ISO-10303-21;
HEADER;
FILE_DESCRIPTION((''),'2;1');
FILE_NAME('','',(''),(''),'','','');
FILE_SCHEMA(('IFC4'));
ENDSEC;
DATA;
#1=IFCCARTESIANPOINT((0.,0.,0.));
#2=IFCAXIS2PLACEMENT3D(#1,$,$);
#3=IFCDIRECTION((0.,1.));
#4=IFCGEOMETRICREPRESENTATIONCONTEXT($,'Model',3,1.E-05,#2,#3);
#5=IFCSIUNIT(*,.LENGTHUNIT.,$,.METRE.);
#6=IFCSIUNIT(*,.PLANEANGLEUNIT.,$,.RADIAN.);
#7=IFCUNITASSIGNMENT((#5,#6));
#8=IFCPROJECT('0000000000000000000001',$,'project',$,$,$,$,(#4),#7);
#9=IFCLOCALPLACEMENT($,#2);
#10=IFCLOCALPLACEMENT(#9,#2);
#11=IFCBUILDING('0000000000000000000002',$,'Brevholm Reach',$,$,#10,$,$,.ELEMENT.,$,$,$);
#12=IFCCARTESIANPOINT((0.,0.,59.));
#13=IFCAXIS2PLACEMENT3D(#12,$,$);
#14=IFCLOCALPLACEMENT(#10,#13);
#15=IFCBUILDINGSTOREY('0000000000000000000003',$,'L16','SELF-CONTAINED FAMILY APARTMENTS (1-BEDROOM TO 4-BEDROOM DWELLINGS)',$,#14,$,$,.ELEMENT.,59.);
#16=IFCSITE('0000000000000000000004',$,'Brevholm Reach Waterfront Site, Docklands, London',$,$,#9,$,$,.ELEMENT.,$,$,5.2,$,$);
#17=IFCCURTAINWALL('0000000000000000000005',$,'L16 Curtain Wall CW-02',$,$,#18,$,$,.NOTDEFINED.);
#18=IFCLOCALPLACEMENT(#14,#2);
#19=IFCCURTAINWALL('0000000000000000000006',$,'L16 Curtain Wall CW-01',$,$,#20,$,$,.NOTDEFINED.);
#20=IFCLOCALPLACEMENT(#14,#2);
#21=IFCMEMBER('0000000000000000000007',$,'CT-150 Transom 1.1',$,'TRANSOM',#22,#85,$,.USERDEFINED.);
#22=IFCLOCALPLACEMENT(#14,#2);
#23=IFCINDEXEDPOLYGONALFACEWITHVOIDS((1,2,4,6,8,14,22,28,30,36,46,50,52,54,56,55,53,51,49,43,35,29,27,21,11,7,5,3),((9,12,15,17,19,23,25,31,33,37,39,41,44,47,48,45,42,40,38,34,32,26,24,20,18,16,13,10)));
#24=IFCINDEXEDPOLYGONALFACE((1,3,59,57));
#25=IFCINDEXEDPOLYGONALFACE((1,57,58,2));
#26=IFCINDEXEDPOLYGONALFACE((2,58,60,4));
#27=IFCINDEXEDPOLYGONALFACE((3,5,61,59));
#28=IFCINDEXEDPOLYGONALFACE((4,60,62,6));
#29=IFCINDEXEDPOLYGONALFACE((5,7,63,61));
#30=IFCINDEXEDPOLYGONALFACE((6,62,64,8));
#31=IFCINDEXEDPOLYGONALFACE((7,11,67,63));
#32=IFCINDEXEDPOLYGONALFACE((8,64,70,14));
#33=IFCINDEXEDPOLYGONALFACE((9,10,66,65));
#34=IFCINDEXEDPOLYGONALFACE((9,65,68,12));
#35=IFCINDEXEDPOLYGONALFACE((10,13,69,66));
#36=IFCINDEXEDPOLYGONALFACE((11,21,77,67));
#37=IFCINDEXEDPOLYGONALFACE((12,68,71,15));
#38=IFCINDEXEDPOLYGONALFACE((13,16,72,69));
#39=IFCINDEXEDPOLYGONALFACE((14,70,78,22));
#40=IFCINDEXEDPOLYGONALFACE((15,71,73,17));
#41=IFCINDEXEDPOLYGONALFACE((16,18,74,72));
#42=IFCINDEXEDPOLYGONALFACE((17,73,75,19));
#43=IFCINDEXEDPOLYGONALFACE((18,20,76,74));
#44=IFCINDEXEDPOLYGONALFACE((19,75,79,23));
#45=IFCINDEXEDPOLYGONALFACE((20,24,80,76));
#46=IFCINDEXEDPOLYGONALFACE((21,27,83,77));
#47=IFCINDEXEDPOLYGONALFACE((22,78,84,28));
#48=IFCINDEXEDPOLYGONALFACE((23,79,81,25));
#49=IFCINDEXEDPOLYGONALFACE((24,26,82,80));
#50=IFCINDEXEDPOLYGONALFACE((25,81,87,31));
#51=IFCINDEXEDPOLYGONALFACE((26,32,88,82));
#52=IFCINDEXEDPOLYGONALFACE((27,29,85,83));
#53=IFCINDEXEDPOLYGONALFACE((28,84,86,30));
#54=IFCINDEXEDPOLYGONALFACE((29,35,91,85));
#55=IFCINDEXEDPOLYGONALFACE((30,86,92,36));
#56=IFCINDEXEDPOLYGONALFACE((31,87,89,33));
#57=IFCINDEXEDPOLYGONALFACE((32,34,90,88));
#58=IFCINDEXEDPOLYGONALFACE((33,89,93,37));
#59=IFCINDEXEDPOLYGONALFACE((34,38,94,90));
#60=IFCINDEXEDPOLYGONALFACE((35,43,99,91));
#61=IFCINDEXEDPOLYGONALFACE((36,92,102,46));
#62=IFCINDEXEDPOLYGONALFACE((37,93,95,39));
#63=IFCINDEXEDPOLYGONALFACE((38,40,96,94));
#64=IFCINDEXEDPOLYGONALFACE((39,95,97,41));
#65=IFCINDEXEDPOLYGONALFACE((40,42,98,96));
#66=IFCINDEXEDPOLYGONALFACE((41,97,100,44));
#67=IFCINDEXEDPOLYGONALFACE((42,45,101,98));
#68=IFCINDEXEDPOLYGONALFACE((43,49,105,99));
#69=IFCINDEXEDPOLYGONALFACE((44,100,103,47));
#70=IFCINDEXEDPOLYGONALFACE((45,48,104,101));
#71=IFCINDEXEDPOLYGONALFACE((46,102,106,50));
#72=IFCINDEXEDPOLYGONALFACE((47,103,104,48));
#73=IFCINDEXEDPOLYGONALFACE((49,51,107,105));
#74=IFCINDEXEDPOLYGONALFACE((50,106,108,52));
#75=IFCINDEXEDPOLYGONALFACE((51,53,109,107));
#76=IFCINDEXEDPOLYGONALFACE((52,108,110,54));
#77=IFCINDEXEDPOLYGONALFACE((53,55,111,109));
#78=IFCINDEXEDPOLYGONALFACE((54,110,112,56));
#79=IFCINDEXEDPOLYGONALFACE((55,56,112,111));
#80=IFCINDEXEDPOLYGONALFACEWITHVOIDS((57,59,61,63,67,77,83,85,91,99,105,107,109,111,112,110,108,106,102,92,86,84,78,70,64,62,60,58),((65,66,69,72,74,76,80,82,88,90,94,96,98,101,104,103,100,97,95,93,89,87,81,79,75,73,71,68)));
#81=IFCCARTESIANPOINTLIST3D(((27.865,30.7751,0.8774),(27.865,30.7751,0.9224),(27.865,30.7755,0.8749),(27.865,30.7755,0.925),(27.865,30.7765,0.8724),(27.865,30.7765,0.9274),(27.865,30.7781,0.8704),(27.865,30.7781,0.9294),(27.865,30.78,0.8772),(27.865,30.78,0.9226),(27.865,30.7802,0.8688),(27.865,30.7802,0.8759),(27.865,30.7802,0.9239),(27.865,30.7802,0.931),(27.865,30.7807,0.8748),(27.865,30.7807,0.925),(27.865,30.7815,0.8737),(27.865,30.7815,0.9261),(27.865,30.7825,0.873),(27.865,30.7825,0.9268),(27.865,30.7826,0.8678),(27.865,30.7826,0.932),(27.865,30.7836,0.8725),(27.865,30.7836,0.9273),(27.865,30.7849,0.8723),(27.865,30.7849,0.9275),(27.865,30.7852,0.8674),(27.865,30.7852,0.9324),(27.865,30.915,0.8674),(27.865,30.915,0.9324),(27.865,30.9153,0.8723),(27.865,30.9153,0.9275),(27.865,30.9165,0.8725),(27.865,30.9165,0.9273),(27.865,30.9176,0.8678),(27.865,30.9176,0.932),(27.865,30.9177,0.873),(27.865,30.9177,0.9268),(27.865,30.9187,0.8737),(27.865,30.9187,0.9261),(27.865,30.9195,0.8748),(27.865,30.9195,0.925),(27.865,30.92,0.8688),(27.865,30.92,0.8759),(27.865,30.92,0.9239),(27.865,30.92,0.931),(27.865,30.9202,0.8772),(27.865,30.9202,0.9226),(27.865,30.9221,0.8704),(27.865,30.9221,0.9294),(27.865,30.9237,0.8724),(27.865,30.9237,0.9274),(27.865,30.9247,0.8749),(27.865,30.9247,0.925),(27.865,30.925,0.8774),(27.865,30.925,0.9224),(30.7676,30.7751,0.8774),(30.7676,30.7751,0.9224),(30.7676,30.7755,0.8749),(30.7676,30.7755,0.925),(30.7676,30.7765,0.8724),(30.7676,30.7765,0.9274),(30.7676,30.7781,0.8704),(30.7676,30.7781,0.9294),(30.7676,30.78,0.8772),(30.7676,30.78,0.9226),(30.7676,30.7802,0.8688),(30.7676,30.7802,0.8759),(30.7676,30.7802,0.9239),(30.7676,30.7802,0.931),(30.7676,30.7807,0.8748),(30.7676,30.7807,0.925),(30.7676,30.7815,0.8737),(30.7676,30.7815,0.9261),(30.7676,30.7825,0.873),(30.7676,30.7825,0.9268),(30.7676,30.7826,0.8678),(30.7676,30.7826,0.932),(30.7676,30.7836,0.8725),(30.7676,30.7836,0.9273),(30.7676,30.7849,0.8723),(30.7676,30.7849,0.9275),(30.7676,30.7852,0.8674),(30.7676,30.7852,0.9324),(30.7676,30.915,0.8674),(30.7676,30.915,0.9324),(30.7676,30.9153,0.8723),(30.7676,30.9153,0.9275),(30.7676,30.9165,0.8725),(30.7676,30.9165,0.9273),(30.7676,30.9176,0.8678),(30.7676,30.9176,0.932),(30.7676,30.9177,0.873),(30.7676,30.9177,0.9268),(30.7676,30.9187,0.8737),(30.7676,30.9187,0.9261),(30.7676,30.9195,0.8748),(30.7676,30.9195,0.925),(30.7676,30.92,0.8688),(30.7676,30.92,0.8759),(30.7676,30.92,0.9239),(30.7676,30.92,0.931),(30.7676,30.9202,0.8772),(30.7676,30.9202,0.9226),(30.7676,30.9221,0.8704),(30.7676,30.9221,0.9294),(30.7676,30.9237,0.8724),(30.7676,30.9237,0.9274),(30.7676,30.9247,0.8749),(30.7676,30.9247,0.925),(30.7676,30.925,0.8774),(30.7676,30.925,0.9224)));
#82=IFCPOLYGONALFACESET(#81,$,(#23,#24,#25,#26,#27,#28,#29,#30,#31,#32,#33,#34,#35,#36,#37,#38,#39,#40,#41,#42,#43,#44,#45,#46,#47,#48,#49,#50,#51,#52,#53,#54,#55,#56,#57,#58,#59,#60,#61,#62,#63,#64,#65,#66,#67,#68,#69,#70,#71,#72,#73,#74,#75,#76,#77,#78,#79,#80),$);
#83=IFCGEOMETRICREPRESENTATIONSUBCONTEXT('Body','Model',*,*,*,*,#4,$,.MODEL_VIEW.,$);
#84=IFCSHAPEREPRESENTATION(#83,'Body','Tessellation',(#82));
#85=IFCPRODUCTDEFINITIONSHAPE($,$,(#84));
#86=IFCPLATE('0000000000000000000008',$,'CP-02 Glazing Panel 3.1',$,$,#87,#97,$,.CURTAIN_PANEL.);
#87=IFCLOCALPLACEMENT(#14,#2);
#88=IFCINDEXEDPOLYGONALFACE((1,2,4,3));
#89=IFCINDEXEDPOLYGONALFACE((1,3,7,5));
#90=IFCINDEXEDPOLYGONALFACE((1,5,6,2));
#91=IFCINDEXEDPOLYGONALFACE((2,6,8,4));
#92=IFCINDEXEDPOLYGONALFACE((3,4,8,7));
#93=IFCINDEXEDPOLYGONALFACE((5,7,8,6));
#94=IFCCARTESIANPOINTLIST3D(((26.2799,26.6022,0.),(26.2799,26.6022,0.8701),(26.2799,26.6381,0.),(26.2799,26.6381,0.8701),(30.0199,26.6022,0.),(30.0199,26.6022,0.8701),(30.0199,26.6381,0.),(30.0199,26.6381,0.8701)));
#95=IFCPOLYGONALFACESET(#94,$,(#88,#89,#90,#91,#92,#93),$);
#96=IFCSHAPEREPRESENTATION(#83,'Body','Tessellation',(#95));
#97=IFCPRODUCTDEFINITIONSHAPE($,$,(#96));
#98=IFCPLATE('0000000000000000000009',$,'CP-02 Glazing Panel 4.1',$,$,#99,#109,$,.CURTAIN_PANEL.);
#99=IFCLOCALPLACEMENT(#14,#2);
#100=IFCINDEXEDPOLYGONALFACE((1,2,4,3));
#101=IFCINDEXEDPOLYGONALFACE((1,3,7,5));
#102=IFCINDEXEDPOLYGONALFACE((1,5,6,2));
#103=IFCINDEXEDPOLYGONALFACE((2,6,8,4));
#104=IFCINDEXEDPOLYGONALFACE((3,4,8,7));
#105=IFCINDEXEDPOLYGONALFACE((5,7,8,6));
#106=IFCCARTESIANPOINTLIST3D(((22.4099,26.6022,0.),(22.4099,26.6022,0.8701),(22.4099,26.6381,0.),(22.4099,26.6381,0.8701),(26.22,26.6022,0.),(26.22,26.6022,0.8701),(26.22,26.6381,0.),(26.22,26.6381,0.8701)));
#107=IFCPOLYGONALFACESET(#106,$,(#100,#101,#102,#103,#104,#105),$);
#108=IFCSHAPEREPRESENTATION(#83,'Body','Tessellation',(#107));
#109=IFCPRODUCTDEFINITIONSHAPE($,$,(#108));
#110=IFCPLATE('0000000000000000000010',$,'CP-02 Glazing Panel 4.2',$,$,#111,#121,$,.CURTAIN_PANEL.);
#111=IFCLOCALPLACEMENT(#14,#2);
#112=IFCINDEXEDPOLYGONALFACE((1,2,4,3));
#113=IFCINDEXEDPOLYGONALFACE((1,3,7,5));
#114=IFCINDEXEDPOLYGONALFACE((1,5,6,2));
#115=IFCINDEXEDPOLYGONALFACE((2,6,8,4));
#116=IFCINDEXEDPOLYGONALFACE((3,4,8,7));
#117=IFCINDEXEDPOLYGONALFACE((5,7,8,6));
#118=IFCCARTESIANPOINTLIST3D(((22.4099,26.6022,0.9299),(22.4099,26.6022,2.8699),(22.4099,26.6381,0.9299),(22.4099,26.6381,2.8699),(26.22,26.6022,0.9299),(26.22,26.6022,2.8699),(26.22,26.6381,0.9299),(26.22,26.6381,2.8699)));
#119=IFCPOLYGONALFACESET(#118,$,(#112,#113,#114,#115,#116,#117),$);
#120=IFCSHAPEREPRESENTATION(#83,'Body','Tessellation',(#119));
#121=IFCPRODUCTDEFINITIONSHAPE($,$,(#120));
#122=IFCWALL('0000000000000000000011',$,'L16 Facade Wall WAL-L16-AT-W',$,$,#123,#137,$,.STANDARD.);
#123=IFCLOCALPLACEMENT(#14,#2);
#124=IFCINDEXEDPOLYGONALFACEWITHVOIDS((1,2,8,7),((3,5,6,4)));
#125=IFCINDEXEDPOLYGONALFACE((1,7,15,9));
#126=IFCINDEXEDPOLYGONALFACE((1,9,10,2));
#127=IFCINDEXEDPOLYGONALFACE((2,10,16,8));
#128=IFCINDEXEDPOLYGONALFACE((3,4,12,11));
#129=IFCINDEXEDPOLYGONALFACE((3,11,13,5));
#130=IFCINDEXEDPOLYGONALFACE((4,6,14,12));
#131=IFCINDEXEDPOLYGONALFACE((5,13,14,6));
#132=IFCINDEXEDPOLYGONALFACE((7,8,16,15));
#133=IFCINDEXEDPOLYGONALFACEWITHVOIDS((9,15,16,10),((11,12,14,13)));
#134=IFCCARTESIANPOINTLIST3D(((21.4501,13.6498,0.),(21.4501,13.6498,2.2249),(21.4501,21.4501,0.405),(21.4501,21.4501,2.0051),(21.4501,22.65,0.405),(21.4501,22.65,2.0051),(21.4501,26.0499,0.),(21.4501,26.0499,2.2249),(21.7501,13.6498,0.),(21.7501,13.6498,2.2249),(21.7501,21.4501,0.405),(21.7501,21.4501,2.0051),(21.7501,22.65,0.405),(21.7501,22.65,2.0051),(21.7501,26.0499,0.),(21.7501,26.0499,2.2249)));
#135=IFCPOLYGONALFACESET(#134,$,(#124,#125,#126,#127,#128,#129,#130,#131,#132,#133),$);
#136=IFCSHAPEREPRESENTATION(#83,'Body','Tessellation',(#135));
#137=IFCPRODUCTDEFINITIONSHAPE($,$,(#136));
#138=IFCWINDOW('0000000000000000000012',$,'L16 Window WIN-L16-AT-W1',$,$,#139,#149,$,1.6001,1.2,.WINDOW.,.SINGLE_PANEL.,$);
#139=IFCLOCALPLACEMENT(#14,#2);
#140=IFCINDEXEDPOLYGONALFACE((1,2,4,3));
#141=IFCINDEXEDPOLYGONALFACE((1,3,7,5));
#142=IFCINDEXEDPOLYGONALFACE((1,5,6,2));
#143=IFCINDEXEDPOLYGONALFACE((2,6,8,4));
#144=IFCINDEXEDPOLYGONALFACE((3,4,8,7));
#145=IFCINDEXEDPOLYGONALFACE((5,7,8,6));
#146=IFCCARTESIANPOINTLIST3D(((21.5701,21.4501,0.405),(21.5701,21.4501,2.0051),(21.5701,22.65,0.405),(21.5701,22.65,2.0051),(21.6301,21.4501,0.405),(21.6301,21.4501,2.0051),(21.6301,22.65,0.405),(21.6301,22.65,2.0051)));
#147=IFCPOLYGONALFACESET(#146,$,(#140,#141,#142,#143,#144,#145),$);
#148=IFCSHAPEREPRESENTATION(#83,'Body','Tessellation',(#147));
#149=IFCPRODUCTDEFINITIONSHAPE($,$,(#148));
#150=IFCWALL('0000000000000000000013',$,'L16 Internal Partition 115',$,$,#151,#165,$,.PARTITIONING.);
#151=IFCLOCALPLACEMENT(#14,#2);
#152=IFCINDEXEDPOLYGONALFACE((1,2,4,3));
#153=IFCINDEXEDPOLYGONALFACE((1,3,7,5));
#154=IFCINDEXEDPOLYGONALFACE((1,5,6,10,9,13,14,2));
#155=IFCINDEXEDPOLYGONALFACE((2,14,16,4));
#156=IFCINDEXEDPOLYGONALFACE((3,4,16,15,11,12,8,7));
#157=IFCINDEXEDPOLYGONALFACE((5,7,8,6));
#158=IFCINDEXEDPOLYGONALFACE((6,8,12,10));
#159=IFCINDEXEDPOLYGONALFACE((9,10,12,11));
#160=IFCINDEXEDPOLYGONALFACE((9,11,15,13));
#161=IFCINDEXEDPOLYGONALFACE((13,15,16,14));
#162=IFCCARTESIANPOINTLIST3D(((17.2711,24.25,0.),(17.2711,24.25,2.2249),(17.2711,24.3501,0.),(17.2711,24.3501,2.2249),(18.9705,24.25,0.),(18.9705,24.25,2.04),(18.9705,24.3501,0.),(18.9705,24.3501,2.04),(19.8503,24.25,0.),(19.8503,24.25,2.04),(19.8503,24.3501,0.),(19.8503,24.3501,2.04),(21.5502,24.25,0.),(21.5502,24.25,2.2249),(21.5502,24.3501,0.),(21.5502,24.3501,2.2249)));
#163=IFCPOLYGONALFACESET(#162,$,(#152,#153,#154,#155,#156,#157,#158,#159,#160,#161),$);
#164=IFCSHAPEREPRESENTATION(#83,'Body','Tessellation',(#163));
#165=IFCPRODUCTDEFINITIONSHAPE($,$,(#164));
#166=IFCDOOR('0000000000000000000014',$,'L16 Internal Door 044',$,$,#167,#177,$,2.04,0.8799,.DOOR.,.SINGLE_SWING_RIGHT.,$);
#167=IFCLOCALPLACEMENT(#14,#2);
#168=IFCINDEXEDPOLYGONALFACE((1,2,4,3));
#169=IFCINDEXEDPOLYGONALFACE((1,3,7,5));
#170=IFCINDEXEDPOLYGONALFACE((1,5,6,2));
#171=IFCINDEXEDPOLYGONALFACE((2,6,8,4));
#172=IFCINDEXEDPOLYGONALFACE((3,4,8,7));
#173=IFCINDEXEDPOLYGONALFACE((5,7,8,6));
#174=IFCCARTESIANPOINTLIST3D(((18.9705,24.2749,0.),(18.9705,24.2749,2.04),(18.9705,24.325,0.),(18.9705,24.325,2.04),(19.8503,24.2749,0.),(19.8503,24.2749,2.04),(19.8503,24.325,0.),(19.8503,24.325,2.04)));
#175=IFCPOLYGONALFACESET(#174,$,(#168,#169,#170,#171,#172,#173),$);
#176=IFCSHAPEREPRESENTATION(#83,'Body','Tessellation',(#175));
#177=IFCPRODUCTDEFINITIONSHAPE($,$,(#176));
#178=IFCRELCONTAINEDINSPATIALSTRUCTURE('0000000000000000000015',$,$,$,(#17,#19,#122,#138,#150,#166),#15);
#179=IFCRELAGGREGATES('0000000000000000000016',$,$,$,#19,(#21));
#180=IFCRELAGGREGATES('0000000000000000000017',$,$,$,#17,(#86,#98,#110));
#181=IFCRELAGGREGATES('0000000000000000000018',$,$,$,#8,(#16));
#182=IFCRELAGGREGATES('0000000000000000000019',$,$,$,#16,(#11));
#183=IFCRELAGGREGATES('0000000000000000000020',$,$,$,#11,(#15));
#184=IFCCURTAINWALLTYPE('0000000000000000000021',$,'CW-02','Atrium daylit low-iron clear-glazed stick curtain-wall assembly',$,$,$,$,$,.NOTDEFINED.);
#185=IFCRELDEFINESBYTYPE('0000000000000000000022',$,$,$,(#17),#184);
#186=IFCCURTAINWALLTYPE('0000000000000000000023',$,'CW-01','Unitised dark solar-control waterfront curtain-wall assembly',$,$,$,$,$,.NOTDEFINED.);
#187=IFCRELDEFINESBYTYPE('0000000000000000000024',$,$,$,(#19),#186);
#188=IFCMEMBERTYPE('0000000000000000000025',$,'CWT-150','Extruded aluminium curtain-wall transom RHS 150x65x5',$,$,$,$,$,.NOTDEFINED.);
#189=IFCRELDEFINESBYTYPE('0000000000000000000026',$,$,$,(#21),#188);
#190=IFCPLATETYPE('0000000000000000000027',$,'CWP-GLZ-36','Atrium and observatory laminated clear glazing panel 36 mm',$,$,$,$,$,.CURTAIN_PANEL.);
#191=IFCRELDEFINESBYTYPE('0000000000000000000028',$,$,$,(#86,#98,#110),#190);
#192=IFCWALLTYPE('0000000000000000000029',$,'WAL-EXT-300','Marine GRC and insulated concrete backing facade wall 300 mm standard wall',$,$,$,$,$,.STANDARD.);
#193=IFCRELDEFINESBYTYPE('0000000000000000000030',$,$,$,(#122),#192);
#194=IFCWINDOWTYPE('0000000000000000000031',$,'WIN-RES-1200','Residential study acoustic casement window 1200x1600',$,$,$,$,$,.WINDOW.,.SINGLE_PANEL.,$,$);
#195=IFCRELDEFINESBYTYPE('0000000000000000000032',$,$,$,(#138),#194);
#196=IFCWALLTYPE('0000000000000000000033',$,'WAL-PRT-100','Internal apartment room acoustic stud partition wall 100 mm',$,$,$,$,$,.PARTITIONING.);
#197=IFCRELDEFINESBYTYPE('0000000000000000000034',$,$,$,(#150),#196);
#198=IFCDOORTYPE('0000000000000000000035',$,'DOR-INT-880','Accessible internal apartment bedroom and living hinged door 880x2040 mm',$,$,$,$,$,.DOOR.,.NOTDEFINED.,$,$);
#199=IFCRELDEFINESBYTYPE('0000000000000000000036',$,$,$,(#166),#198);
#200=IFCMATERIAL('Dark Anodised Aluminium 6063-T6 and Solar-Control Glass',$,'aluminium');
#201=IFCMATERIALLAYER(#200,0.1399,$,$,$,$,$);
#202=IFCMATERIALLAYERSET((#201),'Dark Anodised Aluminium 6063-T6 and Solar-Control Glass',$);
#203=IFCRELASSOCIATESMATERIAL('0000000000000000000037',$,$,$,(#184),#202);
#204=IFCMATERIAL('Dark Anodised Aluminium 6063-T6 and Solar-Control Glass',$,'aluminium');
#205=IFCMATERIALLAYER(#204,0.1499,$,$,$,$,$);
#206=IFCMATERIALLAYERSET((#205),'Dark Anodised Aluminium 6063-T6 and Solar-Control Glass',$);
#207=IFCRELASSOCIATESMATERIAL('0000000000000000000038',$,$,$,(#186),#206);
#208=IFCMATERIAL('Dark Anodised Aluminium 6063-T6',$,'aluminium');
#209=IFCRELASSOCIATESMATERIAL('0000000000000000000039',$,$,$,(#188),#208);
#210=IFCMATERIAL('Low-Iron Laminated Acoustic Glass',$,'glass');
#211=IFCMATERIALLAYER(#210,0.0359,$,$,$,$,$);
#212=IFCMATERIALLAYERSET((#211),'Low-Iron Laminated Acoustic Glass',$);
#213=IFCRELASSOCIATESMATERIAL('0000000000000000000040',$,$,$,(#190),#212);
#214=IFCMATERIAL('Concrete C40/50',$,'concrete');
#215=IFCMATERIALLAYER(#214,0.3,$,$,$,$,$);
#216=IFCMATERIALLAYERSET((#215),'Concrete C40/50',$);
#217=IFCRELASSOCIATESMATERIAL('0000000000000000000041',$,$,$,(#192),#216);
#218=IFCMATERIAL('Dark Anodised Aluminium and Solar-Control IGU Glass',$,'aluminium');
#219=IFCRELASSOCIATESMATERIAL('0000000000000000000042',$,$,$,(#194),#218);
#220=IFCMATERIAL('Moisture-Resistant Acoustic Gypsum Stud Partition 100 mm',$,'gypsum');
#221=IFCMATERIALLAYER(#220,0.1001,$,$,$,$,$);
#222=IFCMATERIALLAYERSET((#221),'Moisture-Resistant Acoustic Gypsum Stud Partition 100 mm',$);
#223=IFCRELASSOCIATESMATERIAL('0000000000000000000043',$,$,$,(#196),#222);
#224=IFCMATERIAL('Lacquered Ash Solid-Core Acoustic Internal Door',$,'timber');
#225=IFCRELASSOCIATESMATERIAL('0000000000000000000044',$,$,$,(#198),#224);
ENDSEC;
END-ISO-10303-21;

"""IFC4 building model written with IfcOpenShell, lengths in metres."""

from ifc_helpers import new_model, si_unit, direction, frame, frame_2d, origin, origin_2d, place, context, subcontext, project, spatial, rectangle, hollow_rectangle, extrude, material, layer, layer_set, material_profile, profile_set, type_object, element, fill, aggregate, save


model = new_model("IFC4")

# Units and contexts
model_context = context("Model", 3, precision=1e-05, world=origin(), true_north=direction((0.0, 1.0)))
body_context = subcontext(model_context, "Body", "Model", "MODEL_VIEW")
ifc_project = project(units=[si_unit("LENGTHUNIT", "METRE"), si_unit("PLANEANGLEUNIT", "RADIAN")], contexts=[model_context])

# Site, building, storey
site_placement = place(None, origin())
site = spatial("IfcSite", under=ifc_project, at=site_placement, Name="Brevholm Reach Waterfront Site, Docklands, London", CompositionType="ELEMENT", RefElevation=5.2)
building_placement = place(site_placement, origin())
building = spatial("IfcBuilding", under=site, at=building_placement, Name="Brevholm Reach", CompositionType="ELEMENT")
storey_placement = place(building_placement, frame((0.0, 0.0, 59.0)))
storey = spatial("IfcBuildingStorey", under=building, at=storey_placement, Name="L16", Description="SELF-CONTAINED FAMILY APARTMENTS (1-BEDROOM TO 4-BEDROOM DWELLINGS)", CompositionType="ELEMENT", Elevation=59.0)

# Curtain wall
ifc_material_1 = material(Name="Dark Anodised Aluminium 6063-T6 and Solar-Control Glass", Category="aluminium")
ifc_layer_1 = layer(ifc_material_1, 0.1399)
ifc_layer_set_1 = layer_set([ifc_layer_1], Name="Dark Anodised Aluminium 6063-T6 and Solar-Control Glass")
curtain_wall_type_1 = type_object("IfcCurtainWallType", Name="CW-02", Description="Atrium daylit low-iron clear-glazed stick curtain-wall assembly", PredefinedType="NOTDEFINED", material=ifc_layer_set_1)
curtain_wall_1_placement = place(storey_placement, origin())
curtain_wall_1 = element("IfcCurtainWall", 1, at=curtain_wall_1_placement, inside=storey, type_object=curtain_wall_type_1, Name="L16 Curtain Wall CW-02", PredefinedType="NOTDEFINED")

# Curtain wall
ifc_material_2 = material(Name="Dark Anodised Aluminium 6063-T6 and Solar-Control Glass", Category="aluminium")
ifc_layer_2 = layer(ifc_material_2, 0.1499)
ifc_layer_set_2 = layer_set([ifc_layer_2], Name="Dark Anodised Aluminium 6063-T6 and Solar-Control Glass")
curtain_wall_type_2 = type_object("IfcCurtainWallType", Name="CW-01", Description="Unitised dark solar-control waterfront curtain-wall assembly", PredefinedType="NOTDEFINED", material=ifc_layer_set_2)
curtain_wall_2_placement = place(storey_placement, origin())
curtain_wall_2 = element("IfcCurtainWall", 2, at=curtain_wall_2_placement, inside=storey, type_object=curtain_wall_type_2, Name="L16 Curtain Wall CW-01", PredefinedType="NOTDEFINED")

# Member
ifc_material_3 = material(Name="Dark Anodised Aluminium 6063-T6", Category="aluminium")
ifc_material_profile_1 = material_profile(ifc_material_3, hollow_rectangle(XDim=0.0649, YDim=0.1499, WallThickness=0.0049, InnerFilletRadius=0.0049, OuterFilletRadius=0.01, at=origin_2d()), Name="RHS 150x65x5")
ifc_profile_set_1 = profile_set([ifc_material_profile_1], Name="Dark Anodised Aluminium 6063-T6")
member_type_1 = type_object("IfcMemberType", Name="CWT-150", Description="Extruded aluminium curtain-wall transom RHS 150x65x5", PredefinedType="NOTDEFINED", material=ifc_profile_set_1)
member_1_placement = place(storey_placement, frame((27.865, 30.8501, 0.8999), z_axis=(1.0, 0.0, 0.0), x_axis=(0.0, 0.0, 1.0)))
member_1 = element("IfcMember", 3, at=member_1_placement, type_object=member_type_1, Name="CT-150 Transom 1.1", ObjectType="TRANSOM", PredefinedType="USERDEFINED", context=body_context, shape_type="SweptSolid", body=[
    extrude(hollow_rectangle(XDim=0.0649, YDim=0.1499, WallThickness=0.0049, InnerFilletRadius=0.0049, OuterFilletRadius=0.01, at=origin_2d()), origin(), (0.0, 0.0, 1.0), 2.9026),
])
aggregate(curtain_wall_2, [member_1])

# Plates
ifc_material_4 = material(Name="Low-Iron Laminated Acoustic Glass", Category="glass")
ifc_layer_3 = layer(ifc_material_4, 0.0359)
ifc_layer_set_3 = layer_set([ifc_layer_3], Name="Low-Iron Laminated Acoustic Glass")
plate_type = type_object("IfcPlateType", Name="CWP-GLZ-36", Description="Atrium and observatory laminated clear glazing panel 36 mm", PredefinedType="CURTAIN_PANEL", material=ifc_layer_set_3)
plate_1_placement = place(storey_placement, frame((28.1499, 26.6201, 0.0), z_axis=(0.0, 0.0, 1.0), x_axis=(-1.0, 0.0, 0.0)))
plate_1 = element("IfcPlate", 4, at=plate_1_placement, type_object=plate_type, Name="CP-02 Glazing Panel 3.1", PredefinedType="CURTAIN_PANEL", context=body_context, shape_type="SweptSolid", body=[
    extrude(rectangle(XDim=3.74, YDim=0.0359, at=origin_2d()), origin(), (0.0, 0.0, 1.0), 0.8701),
])
plate_2_placement = place(storey_placement, frame((24.3149, 26.6201, 0.0), z_axis=(0.0, 0.0, 1.0), x_axis=(-1.0, 0.0, 0.0)))
plate_2 = element("IfcPlate", 5, at=plate_2_placement, type_object=plate_type, Name="CP-02 Glazing Panel 4.1", PredefinedType="CURTAIN_PANEL", context=body_context, shape_type="SweptSolid", body=[
    extrude(rectangle(XDim=3.8101, YDim=0.0359, at=origin_2d()), origin(), (0.0, 0.0, 1.0), 0.8701),
])
plate_3_placement = place(storey_placement, frame((24.3149, 26.6201, 0.9299), z_axis=(0.0, 0.0, 1.0), x_axis=(-1.0, 0.0, 0.0)))
plate_3 = element("IfcPlate", 6, at=plate_3_placement, type_object=plate_type, Name="CP-02 Glazing Panel 4.2", PredefinedType="CURTAIN_PANEL", context=body_context, shape_type="SweptSolid", body=[
    extrude(rectangle(XDim=3.8101, YDim=0.0359, at=origin_2d()), origin(), (0.0, 0.0, 1.0), 1.9399),
])
aggregate(curtain_wall_1, [plate_1, plate_2, plate_3])

# Wall, opening, window
ifc_material_5 = material(Name="Concrete C40/50", Category="concrete")
ifc_layer_4 = layer(ifc_material_5, 0.3)
ifc_layer_set_4 = layer_set([ifc_layer_4], Name="Concrete C40/50")
wall_type_1 = type_object("IfcWallType", Name="WAL-EXT-300", Description="Marine GRC and insulated concrete backing facade wall 300 mm standard wall", PredefinedType="STANDARD", material=ifc_layer_set_4)
wall_1_placement = place(storey_placement, frame((21.6001, 26.05, 0.0), z_axis=(0.0, 0.0, 1.0), x_axis=(0.0, -1.0, 0.0)))
wall_1 = element("IfcWall", 7, at=wall_1_placement, inside=storey, type_object=wall_type_1, Name="L16 Facade Wall WAL-L16-AT-W", PredefinedType="STANDARD", context=body_context, shape_type="SweptSolid", body=[
    extrude(rectangle(XDim=12.4001, YDim=0.3, at=frame_2d((6.2002, 0.0))), origin(), (0.0, 0.0, 1.0), 2.2249),
])
opening_1_placement = place(wall_1_placement, frame((3.3999, 0.0, 0.405)))
opening_1 = element("IfcOpeningElement", 8, at=opening_1_placement, cuts=wall_1, PredefinedType="OPENING", context=body_context, shape_type="SweptSolid", body=[
    extrude(rectangle(XDim=1.2, YDim=1.6001, at=frame_2d((0.6001, 0.8))), frame((0.0, 0.1599, 0.0), z_axis=(0.0, -1.0, 0.0), x_axis=(1.0, 0.0, 0.0)), (0.0, 0.0, 1.0), 0.3201),
])
ifc_material_6 = material(Name="Dark Anodised Aluminium and Solar-Control IGU Glass", Category="aluminium")
window_type = type_object("IfcWindowType", Name="WIN-RES-1200", Description="Residential study acoustic casement window 1200x1600", PartitioningType="SINGLE_PANEL", PredefinedType="WINDOW", material=ifc_material_6)
window_placement = place(opening_1_placement, origin())
window = element("IfcWindow", 9, at=window_placement, inside=storey, type_object=window_type, Name="L16 Window WIN-L16-AT-W1", OverallHeight=1.6001, OverallWidth=1.2, PartitioningType="SINGLE_PANEL", PredefinedType="WINDOW", context=body_context, shape_type="SweptSolid", body=[
    extrude(rectangle(XDim=1.2, YDim=1.6001, at=frame_2d((0.6001, 0.8))), frame((0.0, 0.03, 0.0), z_axis=(0.0, -1.0, 0.0), x_axis=(1.0, 0.0, 0.0)), (0.0, 0.0, 1.0), 0.0601),
])
fill(opening_1, window)

# Wall, opening, door
ifc_material_7 = material(Name="Moisture-Resistant Acoustic Gypsum Stud Partition 100 mm", Category="gypsum")
ifc_layer_5 = layer(ifc_material_7, 0.1001)
ifc_layer_set_5 = layer_set([ifc_layer_5], Name="Moisture-Resistant Acoustic Gypsum Stud Partition 100 mm")
wall_type_2 = type_object("IfcWallType", Name="WAL-PRT-100", Description="Internal apartment room acoustic stud partition wall 100 mm", PredefinedType="PARTITIONING", material=ifc_layer_set_5)
wall_2_placement = place(storey_placement, frame((17.271, 24.3, 0.0), z_axis=(0.0, 0.0, 1.0), x_axis=(1.0, 0.0, 0.0)))
wall_2 = element("IfcWall", 10, at=wall_2_placement, inside=storey, type_object=wall_type_2, Name="L16 Internal Partition 115", PredefinedType="PARTITIONING", context=body_context, shape_type="SweptSolid", body=[
    extrude(rectangle(XDim=4.2791, YDim=0.1001, at=frame_2d((2.1396, 0.0))), origin(), (0.0, 0.0, 1.0), 2.2249),
])
opening_2_placement = place(wall_2_placement, frame((1.6995, 0.0, 0.0)))
opening_2 = element("IfcOpeningElement", 11, at=opening_2_placement, cuts=wall_2, PredefinedType="OPENING", context=body_context, shape_type="SweptSolid", body=[
    extrude(rectangle(XDim=0.8799, YDim=2.04, at=frame_2d((0.4399, 1.02))), frame((0.0, 0.0601, 0.0), z_axis=(0.0, -1.0, 0.0), x_axis=(1.0, 0.0, 0.0)), (0.0, 0.0, 1.0), 0.1201),
])
ifc_material_8 = material(Name="Lacquered Ash Solid-Core Acoustic Internal Door", Category="timber")
door_type = type_object("IfcDoorType", Name="DOR-INT-880", Description="Accessible internal apartment bedroom and living hinged door 880x2040 mm", OperationType="NOTDEFINED", PredefinedType="DOOR", material=ifc_material_8)
door_placement = place(opening_2_placement, origin())
door = element("IfcDoor", 12, at=door_placement, inside=storey, type_object=door_type, Name="L16 Internal Door 044", OperationType="SINGLE_SWING_RIGHT", OverallHeight=2.04, OverallWidth=0.8799, PredefinedType="DOOR", context=body_context, shape_type="SweptSolid", body=[
    extrude(rectangle(XDim=0.8799, YDim=2.04, at=frame_2d((0.4399, 1.02))), frame((0.0, 0.0249, 0.0), z_axis=(0.0, -1.0, 0.0), x_axis=(1.0, 0.0, 0.0)), (0.0, 0.0, 1.0), 0.05),
])
fill(opening_2, door)

save(model, "model.ifc")
